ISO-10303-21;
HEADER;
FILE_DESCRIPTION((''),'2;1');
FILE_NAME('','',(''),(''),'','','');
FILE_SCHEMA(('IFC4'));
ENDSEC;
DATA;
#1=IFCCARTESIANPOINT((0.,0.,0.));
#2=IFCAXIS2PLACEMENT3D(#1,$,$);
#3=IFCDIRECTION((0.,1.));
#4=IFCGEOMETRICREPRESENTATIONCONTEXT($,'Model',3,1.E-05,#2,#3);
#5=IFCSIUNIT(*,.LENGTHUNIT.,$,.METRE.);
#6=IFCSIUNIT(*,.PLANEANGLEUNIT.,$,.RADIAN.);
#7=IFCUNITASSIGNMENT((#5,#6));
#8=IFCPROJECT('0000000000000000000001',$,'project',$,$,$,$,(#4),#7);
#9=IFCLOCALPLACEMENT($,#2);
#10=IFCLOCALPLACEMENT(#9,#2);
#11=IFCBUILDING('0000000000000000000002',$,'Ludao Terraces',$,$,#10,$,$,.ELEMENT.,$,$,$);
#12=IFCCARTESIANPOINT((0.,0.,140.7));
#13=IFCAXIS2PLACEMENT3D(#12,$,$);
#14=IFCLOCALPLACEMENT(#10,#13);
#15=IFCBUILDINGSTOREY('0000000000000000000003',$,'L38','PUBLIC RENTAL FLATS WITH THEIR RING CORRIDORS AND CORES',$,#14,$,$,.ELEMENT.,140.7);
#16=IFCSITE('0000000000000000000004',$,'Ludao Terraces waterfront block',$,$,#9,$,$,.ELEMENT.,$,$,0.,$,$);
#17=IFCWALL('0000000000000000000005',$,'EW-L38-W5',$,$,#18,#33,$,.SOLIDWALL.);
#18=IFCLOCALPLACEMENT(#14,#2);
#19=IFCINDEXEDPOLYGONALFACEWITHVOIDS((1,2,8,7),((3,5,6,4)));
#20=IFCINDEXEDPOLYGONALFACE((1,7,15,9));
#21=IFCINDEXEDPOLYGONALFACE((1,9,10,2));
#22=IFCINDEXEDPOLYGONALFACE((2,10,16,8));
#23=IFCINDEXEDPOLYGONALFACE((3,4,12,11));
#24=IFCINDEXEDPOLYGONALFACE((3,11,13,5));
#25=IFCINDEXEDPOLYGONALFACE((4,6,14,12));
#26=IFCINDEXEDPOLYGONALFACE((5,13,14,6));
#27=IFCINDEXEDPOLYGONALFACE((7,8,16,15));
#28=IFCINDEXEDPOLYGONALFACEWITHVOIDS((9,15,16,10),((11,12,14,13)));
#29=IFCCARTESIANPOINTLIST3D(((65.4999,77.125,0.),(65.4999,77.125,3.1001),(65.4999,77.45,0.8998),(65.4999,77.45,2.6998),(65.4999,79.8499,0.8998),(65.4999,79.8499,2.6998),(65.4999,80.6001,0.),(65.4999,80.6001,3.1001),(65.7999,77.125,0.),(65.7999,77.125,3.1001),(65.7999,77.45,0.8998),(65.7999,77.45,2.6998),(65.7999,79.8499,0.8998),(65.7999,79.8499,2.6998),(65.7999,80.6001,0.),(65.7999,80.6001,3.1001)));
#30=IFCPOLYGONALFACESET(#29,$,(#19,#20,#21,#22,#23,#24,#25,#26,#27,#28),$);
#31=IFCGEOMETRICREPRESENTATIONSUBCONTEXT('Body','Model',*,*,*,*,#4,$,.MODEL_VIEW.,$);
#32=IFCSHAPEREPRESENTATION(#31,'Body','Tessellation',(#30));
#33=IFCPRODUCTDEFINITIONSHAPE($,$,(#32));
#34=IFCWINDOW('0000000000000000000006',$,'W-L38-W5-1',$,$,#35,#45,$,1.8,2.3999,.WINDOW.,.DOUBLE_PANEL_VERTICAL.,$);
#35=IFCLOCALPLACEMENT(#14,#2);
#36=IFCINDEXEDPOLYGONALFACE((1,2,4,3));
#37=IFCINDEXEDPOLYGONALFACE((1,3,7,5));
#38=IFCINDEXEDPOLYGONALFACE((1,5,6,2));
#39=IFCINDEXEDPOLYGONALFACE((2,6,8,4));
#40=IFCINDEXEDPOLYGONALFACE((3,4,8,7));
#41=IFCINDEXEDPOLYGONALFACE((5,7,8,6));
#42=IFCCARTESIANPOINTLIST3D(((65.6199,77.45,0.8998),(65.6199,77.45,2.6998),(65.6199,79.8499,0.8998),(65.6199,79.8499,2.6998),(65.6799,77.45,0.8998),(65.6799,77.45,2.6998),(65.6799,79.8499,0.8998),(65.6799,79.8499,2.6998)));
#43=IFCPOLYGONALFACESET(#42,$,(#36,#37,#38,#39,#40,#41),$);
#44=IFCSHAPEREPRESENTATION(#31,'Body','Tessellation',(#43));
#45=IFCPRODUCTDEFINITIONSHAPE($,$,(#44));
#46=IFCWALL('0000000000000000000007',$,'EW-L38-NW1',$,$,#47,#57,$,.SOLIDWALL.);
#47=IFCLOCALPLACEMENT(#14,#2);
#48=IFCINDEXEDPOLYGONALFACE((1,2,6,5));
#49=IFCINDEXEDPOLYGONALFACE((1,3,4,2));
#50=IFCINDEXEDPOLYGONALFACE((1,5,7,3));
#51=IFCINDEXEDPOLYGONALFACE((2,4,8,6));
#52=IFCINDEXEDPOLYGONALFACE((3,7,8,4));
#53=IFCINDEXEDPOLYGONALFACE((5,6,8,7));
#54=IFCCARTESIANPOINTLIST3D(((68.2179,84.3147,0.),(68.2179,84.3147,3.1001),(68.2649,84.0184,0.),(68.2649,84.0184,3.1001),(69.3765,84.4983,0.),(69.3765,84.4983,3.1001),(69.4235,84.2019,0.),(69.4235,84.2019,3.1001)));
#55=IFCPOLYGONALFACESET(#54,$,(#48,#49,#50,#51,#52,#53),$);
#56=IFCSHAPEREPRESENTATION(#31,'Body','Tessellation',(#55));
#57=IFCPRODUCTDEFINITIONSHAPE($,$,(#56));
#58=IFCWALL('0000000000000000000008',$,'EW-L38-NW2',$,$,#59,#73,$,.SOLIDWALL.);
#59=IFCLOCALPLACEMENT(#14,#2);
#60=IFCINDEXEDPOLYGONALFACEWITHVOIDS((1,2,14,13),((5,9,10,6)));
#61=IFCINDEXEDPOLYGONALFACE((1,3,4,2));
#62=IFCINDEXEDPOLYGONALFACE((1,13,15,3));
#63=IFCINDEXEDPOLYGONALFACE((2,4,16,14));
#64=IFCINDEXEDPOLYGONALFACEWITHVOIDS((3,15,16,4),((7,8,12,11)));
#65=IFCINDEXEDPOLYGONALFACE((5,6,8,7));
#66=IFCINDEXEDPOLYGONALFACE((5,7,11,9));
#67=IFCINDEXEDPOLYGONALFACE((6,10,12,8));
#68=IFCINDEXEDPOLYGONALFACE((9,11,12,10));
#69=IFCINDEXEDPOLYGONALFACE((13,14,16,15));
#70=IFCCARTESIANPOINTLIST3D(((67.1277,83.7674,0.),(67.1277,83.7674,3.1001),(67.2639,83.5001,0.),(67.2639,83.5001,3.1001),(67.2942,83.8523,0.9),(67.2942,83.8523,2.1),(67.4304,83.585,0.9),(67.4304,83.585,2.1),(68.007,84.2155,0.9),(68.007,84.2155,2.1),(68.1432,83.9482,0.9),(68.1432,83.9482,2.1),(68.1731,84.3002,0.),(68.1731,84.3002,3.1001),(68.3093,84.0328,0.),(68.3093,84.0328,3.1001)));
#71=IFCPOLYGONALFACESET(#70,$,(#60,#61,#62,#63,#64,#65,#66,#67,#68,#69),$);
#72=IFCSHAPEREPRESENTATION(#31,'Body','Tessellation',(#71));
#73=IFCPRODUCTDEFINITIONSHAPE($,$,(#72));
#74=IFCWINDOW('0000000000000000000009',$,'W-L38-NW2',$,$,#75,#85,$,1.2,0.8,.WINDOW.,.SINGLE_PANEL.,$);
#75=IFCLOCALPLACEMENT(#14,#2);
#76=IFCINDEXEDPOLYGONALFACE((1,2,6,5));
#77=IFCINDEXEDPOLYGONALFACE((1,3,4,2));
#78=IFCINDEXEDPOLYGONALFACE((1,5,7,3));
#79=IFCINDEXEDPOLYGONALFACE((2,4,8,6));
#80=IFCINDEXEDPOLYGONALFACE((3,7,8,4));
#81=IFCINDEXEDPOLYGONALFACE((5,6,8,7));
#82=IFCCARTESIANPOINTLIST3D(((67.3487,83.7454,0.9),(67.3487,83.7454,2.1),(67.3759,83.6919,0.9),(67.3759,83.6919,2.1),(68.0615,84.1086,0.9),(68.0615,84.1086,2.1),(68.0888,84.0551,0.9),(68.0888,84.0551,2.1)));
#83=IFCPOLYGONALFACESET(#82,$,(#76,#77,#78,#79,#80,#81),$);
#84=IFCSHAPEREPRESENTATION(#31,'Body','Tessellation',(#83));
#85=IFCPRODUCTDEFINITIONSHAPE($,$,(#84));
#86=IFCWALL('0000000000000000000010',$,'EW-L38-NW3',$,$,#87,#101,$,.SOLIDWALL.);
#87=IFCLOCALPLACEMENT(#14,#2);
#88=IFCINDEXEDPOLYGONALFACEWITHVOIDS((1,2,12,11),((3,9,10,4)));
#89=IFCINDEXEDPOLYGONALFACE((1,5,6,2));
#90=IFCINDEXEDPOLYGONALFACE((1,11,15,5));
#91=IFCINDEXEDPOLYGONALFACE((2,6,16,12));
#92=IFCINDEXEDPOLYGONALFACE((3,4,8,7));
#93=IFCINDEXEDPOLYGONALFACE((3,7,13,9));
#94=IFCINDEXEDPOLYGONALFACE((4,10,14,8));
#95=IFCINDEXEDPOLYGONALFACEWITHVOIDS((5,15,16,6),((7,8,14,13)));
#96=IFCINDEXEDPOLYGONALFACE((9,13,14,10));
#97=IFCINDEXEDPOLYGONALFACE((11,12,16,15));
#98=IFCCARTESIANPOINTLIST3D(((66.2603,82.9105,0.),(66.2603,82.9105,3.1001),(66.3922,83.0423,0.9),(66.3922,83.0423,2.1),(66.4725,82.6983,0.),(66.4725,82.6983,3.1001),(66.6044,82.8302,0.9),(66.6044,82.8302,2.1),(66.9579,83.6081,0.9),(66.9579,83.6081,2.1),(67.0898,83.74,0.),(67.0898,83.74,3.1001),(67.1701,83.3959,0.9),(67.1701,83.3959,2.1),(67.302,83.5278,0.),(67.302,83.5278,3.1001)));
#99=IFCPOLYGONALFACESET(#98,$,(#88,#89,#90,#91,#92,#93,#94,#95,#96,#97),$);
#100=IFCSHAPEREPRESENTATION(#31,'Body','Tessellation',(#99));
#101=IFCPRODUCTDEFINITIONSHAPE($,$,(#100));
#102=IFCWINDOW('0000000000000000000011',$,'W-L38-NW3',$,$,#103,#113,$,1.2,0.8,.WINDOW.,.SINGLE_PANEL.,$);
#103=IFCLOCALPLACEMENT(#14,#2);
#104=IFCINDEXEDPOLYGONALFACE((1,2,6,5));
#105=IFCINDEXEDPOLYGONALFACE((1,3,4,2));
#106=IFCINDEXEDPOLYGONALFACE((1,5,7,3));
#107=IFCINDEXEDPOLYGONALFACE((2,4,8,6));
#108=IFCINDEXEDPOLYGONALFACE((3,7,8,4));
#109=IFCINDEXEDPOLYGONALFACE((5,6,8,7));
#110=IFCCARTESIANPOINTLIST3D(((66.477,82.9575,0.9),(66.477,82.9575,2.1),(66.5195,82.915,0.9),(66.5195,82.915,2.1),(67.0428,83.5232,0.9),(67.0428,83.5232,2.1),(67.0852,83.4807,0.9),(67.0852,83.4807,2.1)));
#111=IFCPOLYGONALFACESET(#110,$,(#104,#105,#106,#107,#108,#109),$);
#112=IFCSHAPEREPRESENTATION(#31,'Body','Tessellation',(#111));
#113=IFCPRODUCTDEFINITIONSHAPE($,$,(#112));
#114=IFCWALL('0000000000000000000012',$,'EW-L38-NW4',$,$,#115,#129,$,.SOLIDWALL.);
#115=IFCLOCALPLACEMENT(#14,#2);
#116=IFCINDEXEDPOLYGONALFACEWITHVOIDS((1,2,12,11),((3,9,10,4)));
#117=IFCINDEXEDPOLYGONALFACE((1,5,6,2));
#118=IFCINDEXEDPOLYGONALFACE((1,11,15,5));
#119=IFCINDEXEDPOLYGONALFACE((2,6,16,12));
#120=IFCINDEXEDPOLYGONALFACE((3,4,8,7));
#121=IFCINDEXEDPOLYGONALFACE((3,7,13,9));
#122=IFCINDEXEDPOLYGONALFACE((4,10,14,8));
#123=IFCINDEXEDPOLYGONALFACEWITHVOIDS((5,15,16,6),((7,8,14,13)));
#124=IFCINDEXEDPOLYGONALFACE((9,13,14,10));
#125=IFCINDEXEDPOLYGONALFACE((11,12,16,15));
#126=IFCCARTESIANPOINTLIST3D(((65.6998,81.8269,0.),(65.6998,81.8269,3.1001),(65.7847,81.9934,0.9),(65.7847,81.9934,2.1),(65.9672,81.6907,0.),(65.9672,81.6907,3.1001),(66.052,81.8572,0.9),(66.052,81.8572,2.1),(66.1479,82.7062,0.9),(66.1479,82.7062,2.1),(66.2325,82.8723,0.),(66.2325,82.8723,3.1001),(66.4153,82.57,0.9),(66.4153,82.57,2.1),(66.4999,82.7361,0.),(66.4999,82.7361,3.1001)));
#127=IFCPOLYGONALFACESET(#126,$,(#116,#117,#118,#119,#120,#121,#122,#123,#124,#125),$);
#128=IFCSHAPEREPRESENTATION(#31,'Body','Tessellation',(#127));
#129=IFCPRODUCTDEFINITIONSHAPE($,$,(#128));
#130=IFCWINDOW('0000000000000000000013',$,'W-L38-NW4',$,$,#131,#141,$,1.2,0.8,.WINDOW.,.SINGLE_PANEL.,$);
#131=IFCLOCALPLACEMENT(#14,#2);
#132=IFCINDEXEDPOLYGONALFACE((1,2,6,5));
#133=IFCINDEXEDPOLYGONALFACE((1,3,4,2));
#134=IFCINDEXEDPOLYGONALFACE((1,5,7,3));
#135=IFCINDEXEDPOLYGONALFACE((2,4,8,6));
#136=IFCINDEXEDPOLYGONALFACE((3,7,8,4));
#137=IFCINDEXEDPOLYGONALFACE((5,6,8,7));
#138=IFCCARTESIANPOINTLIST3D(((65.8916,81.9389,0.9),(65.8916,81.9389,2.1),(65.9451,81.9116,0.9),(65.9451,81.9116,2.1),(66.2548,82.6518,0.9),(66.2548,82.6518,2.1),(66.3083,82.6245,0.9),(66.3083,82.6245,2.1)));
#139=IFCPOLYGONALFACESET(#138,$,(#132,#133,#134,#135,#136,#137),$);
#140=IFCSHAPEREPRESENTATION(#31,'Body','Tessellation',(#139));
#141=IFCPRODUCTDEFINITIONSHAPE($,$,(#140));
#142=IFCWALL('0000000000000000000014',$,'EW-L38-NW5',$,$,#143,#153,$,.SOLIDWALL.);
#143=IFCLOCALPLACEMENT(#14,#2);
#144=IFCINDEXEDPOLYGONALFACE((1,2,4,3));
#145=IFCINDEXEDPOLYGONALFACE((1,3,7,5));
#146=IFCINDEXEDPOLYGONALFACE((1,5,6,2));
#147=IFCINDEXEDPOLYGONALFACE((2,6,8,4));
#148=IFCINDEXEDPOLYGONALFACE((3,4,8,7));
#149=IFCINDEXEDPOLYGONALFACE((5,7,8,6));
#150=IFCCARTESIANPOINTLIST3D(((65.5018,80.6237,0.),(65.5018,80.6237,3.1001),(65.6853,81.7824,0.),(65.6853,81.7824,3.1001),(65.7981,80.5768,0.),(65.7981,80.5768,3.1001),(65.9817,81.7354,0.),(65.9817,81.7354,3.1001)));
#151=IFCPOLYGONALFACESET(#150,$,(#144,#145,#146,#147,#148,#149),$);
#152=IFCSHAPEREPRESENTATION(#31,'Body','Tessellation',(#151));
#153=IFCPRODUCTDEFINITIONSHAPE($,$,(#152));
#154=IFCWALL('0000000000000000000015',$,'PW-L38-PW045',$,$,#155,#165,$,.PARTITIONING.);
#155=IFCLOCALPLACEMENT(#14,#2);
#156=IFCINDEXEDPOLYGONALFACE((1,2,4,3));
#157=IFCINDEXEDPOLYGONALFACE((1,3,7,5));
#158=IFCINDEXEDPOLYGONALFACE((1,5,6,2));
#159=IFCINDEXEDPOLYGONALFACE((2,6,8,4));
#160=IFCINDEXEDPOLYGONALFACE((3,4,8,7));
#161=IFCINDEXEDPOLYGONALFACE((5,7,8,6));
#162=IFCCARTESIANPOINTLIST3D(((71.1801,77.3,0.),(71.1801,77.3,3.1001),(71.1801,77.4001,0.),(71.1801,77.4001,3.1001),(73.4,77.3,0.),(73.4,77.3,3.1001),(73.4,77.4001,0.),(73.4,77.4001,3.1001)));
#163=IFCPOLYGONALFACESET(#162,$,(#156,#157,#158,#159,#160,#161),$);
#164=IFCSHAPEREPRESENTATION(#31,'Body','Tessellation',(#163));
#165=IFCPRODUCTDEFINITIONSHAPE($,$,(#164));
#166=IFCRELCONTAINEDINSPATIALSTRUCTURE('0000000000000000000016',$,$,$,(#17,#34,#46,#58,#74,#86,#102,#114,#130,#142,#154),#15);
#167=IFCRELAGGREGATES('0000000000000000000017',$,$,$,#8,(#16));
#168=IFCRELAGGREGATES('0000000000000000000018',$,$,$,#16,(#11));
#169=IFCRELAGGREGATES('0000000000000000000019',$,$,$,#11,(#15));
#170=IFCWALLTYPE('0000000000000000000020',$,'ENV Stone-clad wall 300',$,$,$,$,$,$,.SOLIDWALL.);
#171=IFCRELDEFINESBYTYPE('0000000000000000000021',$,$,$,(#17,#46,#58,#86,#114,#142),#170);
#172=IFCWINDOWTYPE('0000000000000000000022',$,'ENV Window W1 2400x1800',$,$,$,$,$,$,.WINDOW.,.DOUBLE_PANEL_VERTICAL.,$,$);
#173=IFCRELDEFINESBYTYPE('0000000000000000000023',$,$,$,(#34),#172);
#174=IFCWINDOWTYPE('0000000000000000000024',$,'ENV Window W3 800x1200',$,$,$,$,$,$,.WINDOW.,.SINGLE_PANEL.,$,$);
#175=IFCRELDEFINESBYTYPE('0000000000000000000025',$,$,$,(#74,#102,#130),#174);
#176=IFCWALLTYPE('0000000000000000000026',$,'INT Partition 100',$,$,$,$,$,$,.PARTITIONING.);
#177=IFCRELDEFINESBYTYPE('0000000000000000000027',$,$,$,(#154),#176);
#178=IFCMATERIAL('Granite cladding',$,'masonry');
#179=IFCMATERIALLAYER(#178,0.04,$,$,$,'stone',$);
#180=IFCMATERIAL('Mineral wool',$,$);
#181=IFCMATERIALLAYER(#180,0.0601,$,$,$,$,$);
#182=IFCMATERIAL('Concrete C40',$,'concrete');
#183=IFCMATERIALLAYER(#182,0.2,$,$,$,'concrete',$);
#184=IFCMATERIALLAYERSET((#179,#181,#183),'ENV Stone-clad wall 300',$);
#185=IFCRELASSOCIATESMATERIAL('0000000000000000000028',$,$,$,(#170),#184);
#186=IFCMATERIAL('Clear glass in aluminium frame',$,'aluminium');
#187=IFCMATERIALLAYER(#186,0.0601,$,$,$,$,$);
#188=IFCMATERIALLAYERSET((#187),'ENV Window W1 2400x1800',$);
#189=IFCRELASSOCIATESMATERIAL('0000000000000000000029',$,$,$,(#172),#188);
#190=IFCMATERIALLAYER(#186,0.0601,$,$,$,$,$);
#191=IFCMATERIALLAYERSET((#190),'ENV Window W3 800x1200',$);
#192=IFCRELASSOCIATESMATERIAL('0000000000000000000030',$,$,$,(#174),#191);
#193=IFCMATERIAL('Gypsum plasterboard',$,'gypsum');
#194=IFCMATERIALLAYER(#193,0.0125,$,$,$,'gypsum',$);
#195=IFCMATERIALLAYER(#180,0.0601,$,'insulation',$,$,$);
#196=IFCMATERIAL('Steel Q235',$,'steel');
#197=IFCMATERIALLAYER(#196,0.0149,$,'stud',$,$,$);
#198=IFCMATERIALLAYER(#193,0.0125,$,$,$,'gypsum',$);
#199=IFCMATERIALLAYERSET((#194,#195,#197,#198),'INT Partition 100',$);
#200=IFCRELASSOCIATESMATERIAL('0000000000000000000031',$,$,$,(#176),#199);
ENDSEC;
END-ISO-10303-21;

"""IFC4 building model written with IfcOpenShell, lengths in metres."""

from ifc_helpers import new_model, si_unit, direction, frame, frame_2d, origin, place, context, subcontext, project, spatial, rectangle, extrude, material, layer, layer_set, type_object, element, fill, save


model = new_model("IFC4")

# Units and contexts
model_context = context("Model", 3, precision=1e-05, world=origin(), true_north=direction((0.0, 1.0)))
body_context = subcontext(model_context, "Body", "Model", "MODEL_VIEW")
ifc_project = project(units=[si_unit("LENGTHUNIT", "METRE"), si_unit("PLANEANGLEUNIT", "RADIAN")], contexts=[model_context])

# Site, building, storey
site_placement = place(None, origin())
site = spatial("IfcSite", under=ifc_project, at=site_placement, Name="Ludao Terraces waterfront block", CompositionType="ELEMENT", RefElevation=0.0)
building_placement = place(site_placement, origin())
building = spatial("IfcBuilding", under=site, at=building_placement, Name="Ludao Terraces", CompositionType="ELEMENT")
storey_placement = place(building_placement, frame((0.0, 0.0, 140.7)))
storey = spatial("IfcBuildingStorey", under=building, at=storey_placement, Name="L38", Description="PUBLIC RENTAL FLATS WITH THEIR RING CORRIDORS AND CORES", CompositionType="ELEMENT", Elevation=140.7)

# Shared definitions
ifc_material_1 = material(Name="Concrete C40", Category="concrete")

# Shared definitions
ifc_material_2 = material(Name="Steel Q235", Category="steel")

# Shared definitions
ifc_material_3 = material(Name="Granite cladding", Category="masonry")
ifc_layer_1 = layer(ifc_material_3, 0.04, Category="stone")
ifc_material_4 = material(Name="Mineral wool")
ifc_layer_2 = layer(ifc_material_4, 0.0601)
ifc_layer_3 = layer(ifc_material_1, 0.2, Category="concrete")
ifc_layer_set_1 = layer_set([ifc_layer_1, ifc_layer_2, ifc_layer_3], Name="ENV Stone-clad wall 300")
wall_type_1 = type_object("IfcWallType", Name="ENV Stone-clad wall 300", PredefinedType="SOLIDWALL", material=ifc_layer_set_1)
ifc_material_5 = material(Name="Clear glass in aluminium frame", Category="aluminium")
ifc_layer_4 = layer(ifc_material_5, 0.0601)
ifc_layer_set_2 = layer_set([ifc_layer_4], Name="ENV Window W1 2400x1800")
window_type_1 = type_object("IfcWindowType", Name="ENV Window W1 2400x1800", PartitioningType="DOUBLE_PANEL_VERTICAL", PredefinedType="WINDOW", material=ifc_layer_set_2)

# Wall, opening, window
wall_1_placement = place(storey_placement, frame((65.6499, 77.125, 0.0), z_axis=(0.0, 0.0, 1.0), x_axis=(0.0, 1.0, 0.0)))
wall_1 = element("IfcWall", 1, at=wall_1_placement, inside=storey, type_object=wall_type_1, Name="EW-L38-W5", PredefinedType="SOLIDWALL", context=body_context, shape_type="SweptSolid", body=[
    extrude(rectangle(XDim=3.4751, YDim=0.3, at=frame_2d((1.7375, 0.0))), origin(), (0.0, 0.0, 1.0), 3.1001),
])
opening_1_placement = place(wall_1_placement, frame((0.325, 0.0, 0.8999)))
opening_1 = element("IfcOpeningElement", 2, at=opening_1_placement, cuts=wall_1, PredefinedType="OPENING", context=body_context, shape_type="SweptSolid", body=[
    extrude(rectangle(XDim=2.3999, YDim=1.8, at=frame_2d((1.2, 0.8999))), frame((0.0, 0.1602, 0.0), z_axis=(0.0, -1.0, 0.0), x_axis=(1.0, 0.0, 0.0)), (0.0, 0.0, 1.0), 0.3201),
])
window_1_placement = place(opening_1_placement, origin())
window_1 = element("IfcWindow", 3, at=window_1_placement, inside=storey, type_object=window_type_1, Name="W-L38-W5-1", OverallHeight=1.8, OverallWidth=2.3999, PartitioningType="DOUBLE_PANEL_VERTICAL", PredefinedType="WINDOW", context=body_context, shape_type="SweptSolid", body=[
    extrude(rectangle(XDim=2.3999, YDim=1.8, at=frame_2d((1.2, 0.8999))), frame((0.0, 0.03, 0.0), z_axis=(0.0, -1.0, 0.0), x_axis=(1.0, 0.0, 0.0)), (0.0, 0.0, 1.0), 0.0601),
])
fill(opening_1, window_1)

# Wall
wall_2_placement = place(storey_placement, frame((69.3999, 84.3501, 0.0), z_axis=(0.0, 0.0, 1.0), x_axis=(-0.987678, -0.156497, 0.0)))
element("IfcWall", 4, at=wall_2_placement, inside=storey, type_object=wall_type_1, Name="EW-L38-NW1", PredefinedType="SOLIDWALL", context=body_context, shape_type="SweptSolid", body=[
    extrude(rectangle(XDim=1.1731, YDim=0.3, at=frame_2d((0.5864, 0.0))), origin(), (0.0, 0.0, 1.0), 3.1001),
])

# Walls, openings, windows
wall_3_placement = place(storey_placement, frame((68.2412, 84.1665, 0.0), z_axis=(0.0, 0.0, 1.0), x_axis=(-0.890989, -0.454026, 0.0)))
wall_3 = element("IfcWall", 5, at=wall_3_placement, inside=storey, type_object=wall_type_1, Name="EW-L38-NW2", PredefinedType="SOLIDWALL", context=body_context, shape_type="SweptSolid", body=[
    extrude(rectangle(XDim=1.1733, YDim=0.3, at=frame_2d((0.5867, 0.0))), origin(), (0.0, 0.0, 1.0), 3.1001),
])
opening_2_placement = place(wall_3_placement, frame((0.1865, 0.0, 0.8999)))
opening_2 = element("IfcOpeningElement", 6, at=opening_2_placement, cuts=wall_3, PredefinedType="OPENING", context=body_context, shape_type="SweptSolid", body=[
    extrude(rectangle(XDim=0.8, YDim=1.2, at=frame_2d((0.3999, 0.6001))), frame((0.0, 0.1602, 0.0), z_axis=(0.0, -1.0, 0.0), x_axis=(1.0, 0.0, 0.0)), (0.0, 0.0, 1.0), 0.3201),
])
ifc_layer_5 = layer(ifc_material_5, 0.0601)
ifc_layer_set_3 = layer_set([ifc_layer_5], Name="ENV Window W3 800x1200")
window_type_2 = type_object("IfcWindowType", Name="ENV Window W3 800x1200", PartitioningType="SINGLE_PANEL", PredefinedType="WINDOW", material=ifc_layer_set_3)
window_2_placement = place(opening_2_placement, origin())
window_2 = element("IfcWindow", 7, at=window_2_placement, inside=storey, type_object=window_type_2, Name="W-L38-NW2", OverallHeight=1.2, OverallWidth=0.8, PartitioningType="SINGLE_PANEL", PredefinedType="WINDOW", context=body_context, shape_type="SweptSolid", body=[
    extrude(rectangle(XDim=0.8, YDim=1.2, at=frame_2d((0.3999, 0.6001))), frame((0.0, 0.03, 0.0), z_axis=(0.0, -1.0, 0.0), x_axis=(1.0, 0.0, 0.0)), (0.0, 0.0, 1.0), 0.0601),
])
fill(opening_2, window_2)
wall_4_placement = place(storey_placement, frame((67.1958, 83.6338, 0.0), z_axis=(0.0, 0.0, 1.0), x_axis=(-0.707107, -0.707107, 0.0)))
wall_4 = element("IfcWall", 8, at=wall_4_placement, inside=storey, type_object=wall_type_1, Name="EW-L38-NW3", PredefinedType="SOLIDWALL", context=body_context, shape_type="SweptSolid", body=[
    extrude(rectangle(XDim=1.1731, YDim=0.3, at=frame_2d((0.5864, 0.0))), origin(), (0.0, 0.0, 1.0), 3.1001),
])
opening_3_placement = place(wall_4_placement, frame((0.1865, 0.0, 0.8999)))
opening_3 = element("IfcOpeningElement", 9, at=opening_3_placement, cuts=wall_4, PredefinedType="OPENING", context=body_context, shape_type="SweptSolid", body=[
    extrude(rectangle(XDim=0.8, YDim=1.2, at=frame_2d((0.3999, 0.6001))), frame((0.0, 0.1602, 0.0), z_axis=(0.0, -1.0, 0.0), x_axis=(1.0, 0.0, 0.0)), (0.0, 0.0, 1.0), 0.3201),
])
window_3_placement = place(opening_3_placement, origin())
window_3 = element("IfcWindow", 10, at=window_3_placement, inside=storey, type_object=window_type_2, Name="W-L38-NW3", OverallHeight=1.2, OverallWidth=0.8, PartitioningType="SINGLE_PANEL", PredefinedType="WINDOW", context=body_context, shape_type="SweptSolid", body=[
    extrude(rectangle(XDim=0.8, YDim=1.2, at=frame_2d((0.3999, 0.6001))), frame((0.0, 0.03, 0.0), z_axis=(0.0, -1.0, 0.0), x_axis=(1.0, 0.0, 0.0)), (0.0, 0.0, 1.0), 0.0601),
])
fill(opening_3, window_3)
wall_5_placement = place(storey_placement, frame((66.3662, 82.8042, 0.0), z_axis=(0.0, 0.0, 1.0), x_axis=(-0.454026, -0.890989, 0.0)))
wall_5 = element("IfcWall", 11, at=wall_5_placement, inside=storey, type_object=wall_type_1, Name="EW-L38-NW4", PredefinedType="SOLIDWALL", context=body_context, shape_type="SweptSolid", body=[
    extrude(rectangle(XDim=1.1733, YDim=0.3, at=frame_2d((0.5867, 0.0))), origin(), (0.0, 0.0, 1.0), 3.1001),
])
opening_4_placement = place(wall_5_placement, frame((0.1865, 0.0, 0.8999)))
opening_4 = element("IfcOpeningElement", 12, at=opening_4_placement, cuts=wall_5, PredefinedType="OPENING", context=body_context, shape_type="SweptSolid", body=[
    extrude(rectangle(XDim=0.8, YDim=1.2, at=frame_2d((0.3999, 0.6001))), frame((0.0, 0.1602, 0.0), z_axis=(0.0, -1.0, 0.0), x_axis=(1.0, 0.0, 0.0)), (0.0, 0.0, 1.0), 0.3201),
])
window_4_placement = place(opening_4_placement, origin())
window_4 = element("IfcWindow", 13, at=window_4_placement, inside=storey, type_object=window_type_2, Name="W-L38-NW4", OverallHeight=1.2, OverallWidth=0.8, PartitioningType="SINGLE_PANEL", PredefinedType="WINDOW", context=body_context, shape_type="SweptSolid", body=[
    extrude(rectangle(XDim=0.8, YDim=1.2, at=frame_2d((0.3999, 0.6001))), frame((0.0, 0.03, 0.0), z_axis=(0.0, -1.0, 0.0), x_axis=(1.0, 0.0, 0.0)), (0.0, 0.0, 1.0), 0.0601),
])
fill(opening_4, window_4)

# Walls
wall_6_placement = place(storey_placement, frame((65.8335, 81.7588, 0.0), z_axis=(0.0, 0.0, 1.0), x_axis=(-0.156497, -0.987678, 0.0)))
element("IfcWall", 14, at=wall_6_placement, inside=storey, type_object=wall_type_1, Name="EW-L38-NW5", PredefinedType="SOLIDWALL", context=body_context, shape_type="SweptSolid", body=[
    extrude(rectangle(XDim=1.1731, YDim=0.3, at=frame_2d((0.5864, 0.0))), origin(), (0.0, 0.0, 1.0), 3.1001),
])
ifc_material_6 = material(Name="Gypsum plasterboard", Category="gypsum")
ifc_layer_6 = layer(ifc_material_6, 0.0125, Category="gypsum")
ifc_layer_7 = layer(ifc_material_4, 0.0601, Name="insulation")
ifc_layer_8 = layer(ifc_material_2, 0.0149, Name="stud")
ifc_layer_9 = layer(ifc_material_6, 0.0125, Category="gypsum")
ifc_layer_set_4 = layer_set([ifc_layer_6, ifc_layer_7, ifc_layer_8, ifc_layer_9], Name="INT Partition 100")
wall_type_2 = type_object("IfcWallType", Name="INT Partition 100", PredefinedType="PARTITIONING", material=ifc_layer_set_4)
for number, where, z_axis, x_axis, name in (
    (15, (71.1802, 77.3501, 0.0), (0.0, 0.0, 1.0), (1.0, 0.0, 0.0), "PW-L38-PW045"),
):
    element("IfcWall", number, at=place(storey_placement, frame(where, z_axis=z_axis, x_axis=x_axis)), inside=storey, type_object=wall_type_2, Name=name, PredefinedType="PARTITIONING", context=body_context, shape_type="SweptSolid", body=[
        extrude(rectangle(XDim=2.22, YDim=0.1001, at=frame_2d((1.1099, 0.0))), origin(), (0.0, 0.0, 1.0), 3.1001),
    ])

save(model, "model.ifc")
